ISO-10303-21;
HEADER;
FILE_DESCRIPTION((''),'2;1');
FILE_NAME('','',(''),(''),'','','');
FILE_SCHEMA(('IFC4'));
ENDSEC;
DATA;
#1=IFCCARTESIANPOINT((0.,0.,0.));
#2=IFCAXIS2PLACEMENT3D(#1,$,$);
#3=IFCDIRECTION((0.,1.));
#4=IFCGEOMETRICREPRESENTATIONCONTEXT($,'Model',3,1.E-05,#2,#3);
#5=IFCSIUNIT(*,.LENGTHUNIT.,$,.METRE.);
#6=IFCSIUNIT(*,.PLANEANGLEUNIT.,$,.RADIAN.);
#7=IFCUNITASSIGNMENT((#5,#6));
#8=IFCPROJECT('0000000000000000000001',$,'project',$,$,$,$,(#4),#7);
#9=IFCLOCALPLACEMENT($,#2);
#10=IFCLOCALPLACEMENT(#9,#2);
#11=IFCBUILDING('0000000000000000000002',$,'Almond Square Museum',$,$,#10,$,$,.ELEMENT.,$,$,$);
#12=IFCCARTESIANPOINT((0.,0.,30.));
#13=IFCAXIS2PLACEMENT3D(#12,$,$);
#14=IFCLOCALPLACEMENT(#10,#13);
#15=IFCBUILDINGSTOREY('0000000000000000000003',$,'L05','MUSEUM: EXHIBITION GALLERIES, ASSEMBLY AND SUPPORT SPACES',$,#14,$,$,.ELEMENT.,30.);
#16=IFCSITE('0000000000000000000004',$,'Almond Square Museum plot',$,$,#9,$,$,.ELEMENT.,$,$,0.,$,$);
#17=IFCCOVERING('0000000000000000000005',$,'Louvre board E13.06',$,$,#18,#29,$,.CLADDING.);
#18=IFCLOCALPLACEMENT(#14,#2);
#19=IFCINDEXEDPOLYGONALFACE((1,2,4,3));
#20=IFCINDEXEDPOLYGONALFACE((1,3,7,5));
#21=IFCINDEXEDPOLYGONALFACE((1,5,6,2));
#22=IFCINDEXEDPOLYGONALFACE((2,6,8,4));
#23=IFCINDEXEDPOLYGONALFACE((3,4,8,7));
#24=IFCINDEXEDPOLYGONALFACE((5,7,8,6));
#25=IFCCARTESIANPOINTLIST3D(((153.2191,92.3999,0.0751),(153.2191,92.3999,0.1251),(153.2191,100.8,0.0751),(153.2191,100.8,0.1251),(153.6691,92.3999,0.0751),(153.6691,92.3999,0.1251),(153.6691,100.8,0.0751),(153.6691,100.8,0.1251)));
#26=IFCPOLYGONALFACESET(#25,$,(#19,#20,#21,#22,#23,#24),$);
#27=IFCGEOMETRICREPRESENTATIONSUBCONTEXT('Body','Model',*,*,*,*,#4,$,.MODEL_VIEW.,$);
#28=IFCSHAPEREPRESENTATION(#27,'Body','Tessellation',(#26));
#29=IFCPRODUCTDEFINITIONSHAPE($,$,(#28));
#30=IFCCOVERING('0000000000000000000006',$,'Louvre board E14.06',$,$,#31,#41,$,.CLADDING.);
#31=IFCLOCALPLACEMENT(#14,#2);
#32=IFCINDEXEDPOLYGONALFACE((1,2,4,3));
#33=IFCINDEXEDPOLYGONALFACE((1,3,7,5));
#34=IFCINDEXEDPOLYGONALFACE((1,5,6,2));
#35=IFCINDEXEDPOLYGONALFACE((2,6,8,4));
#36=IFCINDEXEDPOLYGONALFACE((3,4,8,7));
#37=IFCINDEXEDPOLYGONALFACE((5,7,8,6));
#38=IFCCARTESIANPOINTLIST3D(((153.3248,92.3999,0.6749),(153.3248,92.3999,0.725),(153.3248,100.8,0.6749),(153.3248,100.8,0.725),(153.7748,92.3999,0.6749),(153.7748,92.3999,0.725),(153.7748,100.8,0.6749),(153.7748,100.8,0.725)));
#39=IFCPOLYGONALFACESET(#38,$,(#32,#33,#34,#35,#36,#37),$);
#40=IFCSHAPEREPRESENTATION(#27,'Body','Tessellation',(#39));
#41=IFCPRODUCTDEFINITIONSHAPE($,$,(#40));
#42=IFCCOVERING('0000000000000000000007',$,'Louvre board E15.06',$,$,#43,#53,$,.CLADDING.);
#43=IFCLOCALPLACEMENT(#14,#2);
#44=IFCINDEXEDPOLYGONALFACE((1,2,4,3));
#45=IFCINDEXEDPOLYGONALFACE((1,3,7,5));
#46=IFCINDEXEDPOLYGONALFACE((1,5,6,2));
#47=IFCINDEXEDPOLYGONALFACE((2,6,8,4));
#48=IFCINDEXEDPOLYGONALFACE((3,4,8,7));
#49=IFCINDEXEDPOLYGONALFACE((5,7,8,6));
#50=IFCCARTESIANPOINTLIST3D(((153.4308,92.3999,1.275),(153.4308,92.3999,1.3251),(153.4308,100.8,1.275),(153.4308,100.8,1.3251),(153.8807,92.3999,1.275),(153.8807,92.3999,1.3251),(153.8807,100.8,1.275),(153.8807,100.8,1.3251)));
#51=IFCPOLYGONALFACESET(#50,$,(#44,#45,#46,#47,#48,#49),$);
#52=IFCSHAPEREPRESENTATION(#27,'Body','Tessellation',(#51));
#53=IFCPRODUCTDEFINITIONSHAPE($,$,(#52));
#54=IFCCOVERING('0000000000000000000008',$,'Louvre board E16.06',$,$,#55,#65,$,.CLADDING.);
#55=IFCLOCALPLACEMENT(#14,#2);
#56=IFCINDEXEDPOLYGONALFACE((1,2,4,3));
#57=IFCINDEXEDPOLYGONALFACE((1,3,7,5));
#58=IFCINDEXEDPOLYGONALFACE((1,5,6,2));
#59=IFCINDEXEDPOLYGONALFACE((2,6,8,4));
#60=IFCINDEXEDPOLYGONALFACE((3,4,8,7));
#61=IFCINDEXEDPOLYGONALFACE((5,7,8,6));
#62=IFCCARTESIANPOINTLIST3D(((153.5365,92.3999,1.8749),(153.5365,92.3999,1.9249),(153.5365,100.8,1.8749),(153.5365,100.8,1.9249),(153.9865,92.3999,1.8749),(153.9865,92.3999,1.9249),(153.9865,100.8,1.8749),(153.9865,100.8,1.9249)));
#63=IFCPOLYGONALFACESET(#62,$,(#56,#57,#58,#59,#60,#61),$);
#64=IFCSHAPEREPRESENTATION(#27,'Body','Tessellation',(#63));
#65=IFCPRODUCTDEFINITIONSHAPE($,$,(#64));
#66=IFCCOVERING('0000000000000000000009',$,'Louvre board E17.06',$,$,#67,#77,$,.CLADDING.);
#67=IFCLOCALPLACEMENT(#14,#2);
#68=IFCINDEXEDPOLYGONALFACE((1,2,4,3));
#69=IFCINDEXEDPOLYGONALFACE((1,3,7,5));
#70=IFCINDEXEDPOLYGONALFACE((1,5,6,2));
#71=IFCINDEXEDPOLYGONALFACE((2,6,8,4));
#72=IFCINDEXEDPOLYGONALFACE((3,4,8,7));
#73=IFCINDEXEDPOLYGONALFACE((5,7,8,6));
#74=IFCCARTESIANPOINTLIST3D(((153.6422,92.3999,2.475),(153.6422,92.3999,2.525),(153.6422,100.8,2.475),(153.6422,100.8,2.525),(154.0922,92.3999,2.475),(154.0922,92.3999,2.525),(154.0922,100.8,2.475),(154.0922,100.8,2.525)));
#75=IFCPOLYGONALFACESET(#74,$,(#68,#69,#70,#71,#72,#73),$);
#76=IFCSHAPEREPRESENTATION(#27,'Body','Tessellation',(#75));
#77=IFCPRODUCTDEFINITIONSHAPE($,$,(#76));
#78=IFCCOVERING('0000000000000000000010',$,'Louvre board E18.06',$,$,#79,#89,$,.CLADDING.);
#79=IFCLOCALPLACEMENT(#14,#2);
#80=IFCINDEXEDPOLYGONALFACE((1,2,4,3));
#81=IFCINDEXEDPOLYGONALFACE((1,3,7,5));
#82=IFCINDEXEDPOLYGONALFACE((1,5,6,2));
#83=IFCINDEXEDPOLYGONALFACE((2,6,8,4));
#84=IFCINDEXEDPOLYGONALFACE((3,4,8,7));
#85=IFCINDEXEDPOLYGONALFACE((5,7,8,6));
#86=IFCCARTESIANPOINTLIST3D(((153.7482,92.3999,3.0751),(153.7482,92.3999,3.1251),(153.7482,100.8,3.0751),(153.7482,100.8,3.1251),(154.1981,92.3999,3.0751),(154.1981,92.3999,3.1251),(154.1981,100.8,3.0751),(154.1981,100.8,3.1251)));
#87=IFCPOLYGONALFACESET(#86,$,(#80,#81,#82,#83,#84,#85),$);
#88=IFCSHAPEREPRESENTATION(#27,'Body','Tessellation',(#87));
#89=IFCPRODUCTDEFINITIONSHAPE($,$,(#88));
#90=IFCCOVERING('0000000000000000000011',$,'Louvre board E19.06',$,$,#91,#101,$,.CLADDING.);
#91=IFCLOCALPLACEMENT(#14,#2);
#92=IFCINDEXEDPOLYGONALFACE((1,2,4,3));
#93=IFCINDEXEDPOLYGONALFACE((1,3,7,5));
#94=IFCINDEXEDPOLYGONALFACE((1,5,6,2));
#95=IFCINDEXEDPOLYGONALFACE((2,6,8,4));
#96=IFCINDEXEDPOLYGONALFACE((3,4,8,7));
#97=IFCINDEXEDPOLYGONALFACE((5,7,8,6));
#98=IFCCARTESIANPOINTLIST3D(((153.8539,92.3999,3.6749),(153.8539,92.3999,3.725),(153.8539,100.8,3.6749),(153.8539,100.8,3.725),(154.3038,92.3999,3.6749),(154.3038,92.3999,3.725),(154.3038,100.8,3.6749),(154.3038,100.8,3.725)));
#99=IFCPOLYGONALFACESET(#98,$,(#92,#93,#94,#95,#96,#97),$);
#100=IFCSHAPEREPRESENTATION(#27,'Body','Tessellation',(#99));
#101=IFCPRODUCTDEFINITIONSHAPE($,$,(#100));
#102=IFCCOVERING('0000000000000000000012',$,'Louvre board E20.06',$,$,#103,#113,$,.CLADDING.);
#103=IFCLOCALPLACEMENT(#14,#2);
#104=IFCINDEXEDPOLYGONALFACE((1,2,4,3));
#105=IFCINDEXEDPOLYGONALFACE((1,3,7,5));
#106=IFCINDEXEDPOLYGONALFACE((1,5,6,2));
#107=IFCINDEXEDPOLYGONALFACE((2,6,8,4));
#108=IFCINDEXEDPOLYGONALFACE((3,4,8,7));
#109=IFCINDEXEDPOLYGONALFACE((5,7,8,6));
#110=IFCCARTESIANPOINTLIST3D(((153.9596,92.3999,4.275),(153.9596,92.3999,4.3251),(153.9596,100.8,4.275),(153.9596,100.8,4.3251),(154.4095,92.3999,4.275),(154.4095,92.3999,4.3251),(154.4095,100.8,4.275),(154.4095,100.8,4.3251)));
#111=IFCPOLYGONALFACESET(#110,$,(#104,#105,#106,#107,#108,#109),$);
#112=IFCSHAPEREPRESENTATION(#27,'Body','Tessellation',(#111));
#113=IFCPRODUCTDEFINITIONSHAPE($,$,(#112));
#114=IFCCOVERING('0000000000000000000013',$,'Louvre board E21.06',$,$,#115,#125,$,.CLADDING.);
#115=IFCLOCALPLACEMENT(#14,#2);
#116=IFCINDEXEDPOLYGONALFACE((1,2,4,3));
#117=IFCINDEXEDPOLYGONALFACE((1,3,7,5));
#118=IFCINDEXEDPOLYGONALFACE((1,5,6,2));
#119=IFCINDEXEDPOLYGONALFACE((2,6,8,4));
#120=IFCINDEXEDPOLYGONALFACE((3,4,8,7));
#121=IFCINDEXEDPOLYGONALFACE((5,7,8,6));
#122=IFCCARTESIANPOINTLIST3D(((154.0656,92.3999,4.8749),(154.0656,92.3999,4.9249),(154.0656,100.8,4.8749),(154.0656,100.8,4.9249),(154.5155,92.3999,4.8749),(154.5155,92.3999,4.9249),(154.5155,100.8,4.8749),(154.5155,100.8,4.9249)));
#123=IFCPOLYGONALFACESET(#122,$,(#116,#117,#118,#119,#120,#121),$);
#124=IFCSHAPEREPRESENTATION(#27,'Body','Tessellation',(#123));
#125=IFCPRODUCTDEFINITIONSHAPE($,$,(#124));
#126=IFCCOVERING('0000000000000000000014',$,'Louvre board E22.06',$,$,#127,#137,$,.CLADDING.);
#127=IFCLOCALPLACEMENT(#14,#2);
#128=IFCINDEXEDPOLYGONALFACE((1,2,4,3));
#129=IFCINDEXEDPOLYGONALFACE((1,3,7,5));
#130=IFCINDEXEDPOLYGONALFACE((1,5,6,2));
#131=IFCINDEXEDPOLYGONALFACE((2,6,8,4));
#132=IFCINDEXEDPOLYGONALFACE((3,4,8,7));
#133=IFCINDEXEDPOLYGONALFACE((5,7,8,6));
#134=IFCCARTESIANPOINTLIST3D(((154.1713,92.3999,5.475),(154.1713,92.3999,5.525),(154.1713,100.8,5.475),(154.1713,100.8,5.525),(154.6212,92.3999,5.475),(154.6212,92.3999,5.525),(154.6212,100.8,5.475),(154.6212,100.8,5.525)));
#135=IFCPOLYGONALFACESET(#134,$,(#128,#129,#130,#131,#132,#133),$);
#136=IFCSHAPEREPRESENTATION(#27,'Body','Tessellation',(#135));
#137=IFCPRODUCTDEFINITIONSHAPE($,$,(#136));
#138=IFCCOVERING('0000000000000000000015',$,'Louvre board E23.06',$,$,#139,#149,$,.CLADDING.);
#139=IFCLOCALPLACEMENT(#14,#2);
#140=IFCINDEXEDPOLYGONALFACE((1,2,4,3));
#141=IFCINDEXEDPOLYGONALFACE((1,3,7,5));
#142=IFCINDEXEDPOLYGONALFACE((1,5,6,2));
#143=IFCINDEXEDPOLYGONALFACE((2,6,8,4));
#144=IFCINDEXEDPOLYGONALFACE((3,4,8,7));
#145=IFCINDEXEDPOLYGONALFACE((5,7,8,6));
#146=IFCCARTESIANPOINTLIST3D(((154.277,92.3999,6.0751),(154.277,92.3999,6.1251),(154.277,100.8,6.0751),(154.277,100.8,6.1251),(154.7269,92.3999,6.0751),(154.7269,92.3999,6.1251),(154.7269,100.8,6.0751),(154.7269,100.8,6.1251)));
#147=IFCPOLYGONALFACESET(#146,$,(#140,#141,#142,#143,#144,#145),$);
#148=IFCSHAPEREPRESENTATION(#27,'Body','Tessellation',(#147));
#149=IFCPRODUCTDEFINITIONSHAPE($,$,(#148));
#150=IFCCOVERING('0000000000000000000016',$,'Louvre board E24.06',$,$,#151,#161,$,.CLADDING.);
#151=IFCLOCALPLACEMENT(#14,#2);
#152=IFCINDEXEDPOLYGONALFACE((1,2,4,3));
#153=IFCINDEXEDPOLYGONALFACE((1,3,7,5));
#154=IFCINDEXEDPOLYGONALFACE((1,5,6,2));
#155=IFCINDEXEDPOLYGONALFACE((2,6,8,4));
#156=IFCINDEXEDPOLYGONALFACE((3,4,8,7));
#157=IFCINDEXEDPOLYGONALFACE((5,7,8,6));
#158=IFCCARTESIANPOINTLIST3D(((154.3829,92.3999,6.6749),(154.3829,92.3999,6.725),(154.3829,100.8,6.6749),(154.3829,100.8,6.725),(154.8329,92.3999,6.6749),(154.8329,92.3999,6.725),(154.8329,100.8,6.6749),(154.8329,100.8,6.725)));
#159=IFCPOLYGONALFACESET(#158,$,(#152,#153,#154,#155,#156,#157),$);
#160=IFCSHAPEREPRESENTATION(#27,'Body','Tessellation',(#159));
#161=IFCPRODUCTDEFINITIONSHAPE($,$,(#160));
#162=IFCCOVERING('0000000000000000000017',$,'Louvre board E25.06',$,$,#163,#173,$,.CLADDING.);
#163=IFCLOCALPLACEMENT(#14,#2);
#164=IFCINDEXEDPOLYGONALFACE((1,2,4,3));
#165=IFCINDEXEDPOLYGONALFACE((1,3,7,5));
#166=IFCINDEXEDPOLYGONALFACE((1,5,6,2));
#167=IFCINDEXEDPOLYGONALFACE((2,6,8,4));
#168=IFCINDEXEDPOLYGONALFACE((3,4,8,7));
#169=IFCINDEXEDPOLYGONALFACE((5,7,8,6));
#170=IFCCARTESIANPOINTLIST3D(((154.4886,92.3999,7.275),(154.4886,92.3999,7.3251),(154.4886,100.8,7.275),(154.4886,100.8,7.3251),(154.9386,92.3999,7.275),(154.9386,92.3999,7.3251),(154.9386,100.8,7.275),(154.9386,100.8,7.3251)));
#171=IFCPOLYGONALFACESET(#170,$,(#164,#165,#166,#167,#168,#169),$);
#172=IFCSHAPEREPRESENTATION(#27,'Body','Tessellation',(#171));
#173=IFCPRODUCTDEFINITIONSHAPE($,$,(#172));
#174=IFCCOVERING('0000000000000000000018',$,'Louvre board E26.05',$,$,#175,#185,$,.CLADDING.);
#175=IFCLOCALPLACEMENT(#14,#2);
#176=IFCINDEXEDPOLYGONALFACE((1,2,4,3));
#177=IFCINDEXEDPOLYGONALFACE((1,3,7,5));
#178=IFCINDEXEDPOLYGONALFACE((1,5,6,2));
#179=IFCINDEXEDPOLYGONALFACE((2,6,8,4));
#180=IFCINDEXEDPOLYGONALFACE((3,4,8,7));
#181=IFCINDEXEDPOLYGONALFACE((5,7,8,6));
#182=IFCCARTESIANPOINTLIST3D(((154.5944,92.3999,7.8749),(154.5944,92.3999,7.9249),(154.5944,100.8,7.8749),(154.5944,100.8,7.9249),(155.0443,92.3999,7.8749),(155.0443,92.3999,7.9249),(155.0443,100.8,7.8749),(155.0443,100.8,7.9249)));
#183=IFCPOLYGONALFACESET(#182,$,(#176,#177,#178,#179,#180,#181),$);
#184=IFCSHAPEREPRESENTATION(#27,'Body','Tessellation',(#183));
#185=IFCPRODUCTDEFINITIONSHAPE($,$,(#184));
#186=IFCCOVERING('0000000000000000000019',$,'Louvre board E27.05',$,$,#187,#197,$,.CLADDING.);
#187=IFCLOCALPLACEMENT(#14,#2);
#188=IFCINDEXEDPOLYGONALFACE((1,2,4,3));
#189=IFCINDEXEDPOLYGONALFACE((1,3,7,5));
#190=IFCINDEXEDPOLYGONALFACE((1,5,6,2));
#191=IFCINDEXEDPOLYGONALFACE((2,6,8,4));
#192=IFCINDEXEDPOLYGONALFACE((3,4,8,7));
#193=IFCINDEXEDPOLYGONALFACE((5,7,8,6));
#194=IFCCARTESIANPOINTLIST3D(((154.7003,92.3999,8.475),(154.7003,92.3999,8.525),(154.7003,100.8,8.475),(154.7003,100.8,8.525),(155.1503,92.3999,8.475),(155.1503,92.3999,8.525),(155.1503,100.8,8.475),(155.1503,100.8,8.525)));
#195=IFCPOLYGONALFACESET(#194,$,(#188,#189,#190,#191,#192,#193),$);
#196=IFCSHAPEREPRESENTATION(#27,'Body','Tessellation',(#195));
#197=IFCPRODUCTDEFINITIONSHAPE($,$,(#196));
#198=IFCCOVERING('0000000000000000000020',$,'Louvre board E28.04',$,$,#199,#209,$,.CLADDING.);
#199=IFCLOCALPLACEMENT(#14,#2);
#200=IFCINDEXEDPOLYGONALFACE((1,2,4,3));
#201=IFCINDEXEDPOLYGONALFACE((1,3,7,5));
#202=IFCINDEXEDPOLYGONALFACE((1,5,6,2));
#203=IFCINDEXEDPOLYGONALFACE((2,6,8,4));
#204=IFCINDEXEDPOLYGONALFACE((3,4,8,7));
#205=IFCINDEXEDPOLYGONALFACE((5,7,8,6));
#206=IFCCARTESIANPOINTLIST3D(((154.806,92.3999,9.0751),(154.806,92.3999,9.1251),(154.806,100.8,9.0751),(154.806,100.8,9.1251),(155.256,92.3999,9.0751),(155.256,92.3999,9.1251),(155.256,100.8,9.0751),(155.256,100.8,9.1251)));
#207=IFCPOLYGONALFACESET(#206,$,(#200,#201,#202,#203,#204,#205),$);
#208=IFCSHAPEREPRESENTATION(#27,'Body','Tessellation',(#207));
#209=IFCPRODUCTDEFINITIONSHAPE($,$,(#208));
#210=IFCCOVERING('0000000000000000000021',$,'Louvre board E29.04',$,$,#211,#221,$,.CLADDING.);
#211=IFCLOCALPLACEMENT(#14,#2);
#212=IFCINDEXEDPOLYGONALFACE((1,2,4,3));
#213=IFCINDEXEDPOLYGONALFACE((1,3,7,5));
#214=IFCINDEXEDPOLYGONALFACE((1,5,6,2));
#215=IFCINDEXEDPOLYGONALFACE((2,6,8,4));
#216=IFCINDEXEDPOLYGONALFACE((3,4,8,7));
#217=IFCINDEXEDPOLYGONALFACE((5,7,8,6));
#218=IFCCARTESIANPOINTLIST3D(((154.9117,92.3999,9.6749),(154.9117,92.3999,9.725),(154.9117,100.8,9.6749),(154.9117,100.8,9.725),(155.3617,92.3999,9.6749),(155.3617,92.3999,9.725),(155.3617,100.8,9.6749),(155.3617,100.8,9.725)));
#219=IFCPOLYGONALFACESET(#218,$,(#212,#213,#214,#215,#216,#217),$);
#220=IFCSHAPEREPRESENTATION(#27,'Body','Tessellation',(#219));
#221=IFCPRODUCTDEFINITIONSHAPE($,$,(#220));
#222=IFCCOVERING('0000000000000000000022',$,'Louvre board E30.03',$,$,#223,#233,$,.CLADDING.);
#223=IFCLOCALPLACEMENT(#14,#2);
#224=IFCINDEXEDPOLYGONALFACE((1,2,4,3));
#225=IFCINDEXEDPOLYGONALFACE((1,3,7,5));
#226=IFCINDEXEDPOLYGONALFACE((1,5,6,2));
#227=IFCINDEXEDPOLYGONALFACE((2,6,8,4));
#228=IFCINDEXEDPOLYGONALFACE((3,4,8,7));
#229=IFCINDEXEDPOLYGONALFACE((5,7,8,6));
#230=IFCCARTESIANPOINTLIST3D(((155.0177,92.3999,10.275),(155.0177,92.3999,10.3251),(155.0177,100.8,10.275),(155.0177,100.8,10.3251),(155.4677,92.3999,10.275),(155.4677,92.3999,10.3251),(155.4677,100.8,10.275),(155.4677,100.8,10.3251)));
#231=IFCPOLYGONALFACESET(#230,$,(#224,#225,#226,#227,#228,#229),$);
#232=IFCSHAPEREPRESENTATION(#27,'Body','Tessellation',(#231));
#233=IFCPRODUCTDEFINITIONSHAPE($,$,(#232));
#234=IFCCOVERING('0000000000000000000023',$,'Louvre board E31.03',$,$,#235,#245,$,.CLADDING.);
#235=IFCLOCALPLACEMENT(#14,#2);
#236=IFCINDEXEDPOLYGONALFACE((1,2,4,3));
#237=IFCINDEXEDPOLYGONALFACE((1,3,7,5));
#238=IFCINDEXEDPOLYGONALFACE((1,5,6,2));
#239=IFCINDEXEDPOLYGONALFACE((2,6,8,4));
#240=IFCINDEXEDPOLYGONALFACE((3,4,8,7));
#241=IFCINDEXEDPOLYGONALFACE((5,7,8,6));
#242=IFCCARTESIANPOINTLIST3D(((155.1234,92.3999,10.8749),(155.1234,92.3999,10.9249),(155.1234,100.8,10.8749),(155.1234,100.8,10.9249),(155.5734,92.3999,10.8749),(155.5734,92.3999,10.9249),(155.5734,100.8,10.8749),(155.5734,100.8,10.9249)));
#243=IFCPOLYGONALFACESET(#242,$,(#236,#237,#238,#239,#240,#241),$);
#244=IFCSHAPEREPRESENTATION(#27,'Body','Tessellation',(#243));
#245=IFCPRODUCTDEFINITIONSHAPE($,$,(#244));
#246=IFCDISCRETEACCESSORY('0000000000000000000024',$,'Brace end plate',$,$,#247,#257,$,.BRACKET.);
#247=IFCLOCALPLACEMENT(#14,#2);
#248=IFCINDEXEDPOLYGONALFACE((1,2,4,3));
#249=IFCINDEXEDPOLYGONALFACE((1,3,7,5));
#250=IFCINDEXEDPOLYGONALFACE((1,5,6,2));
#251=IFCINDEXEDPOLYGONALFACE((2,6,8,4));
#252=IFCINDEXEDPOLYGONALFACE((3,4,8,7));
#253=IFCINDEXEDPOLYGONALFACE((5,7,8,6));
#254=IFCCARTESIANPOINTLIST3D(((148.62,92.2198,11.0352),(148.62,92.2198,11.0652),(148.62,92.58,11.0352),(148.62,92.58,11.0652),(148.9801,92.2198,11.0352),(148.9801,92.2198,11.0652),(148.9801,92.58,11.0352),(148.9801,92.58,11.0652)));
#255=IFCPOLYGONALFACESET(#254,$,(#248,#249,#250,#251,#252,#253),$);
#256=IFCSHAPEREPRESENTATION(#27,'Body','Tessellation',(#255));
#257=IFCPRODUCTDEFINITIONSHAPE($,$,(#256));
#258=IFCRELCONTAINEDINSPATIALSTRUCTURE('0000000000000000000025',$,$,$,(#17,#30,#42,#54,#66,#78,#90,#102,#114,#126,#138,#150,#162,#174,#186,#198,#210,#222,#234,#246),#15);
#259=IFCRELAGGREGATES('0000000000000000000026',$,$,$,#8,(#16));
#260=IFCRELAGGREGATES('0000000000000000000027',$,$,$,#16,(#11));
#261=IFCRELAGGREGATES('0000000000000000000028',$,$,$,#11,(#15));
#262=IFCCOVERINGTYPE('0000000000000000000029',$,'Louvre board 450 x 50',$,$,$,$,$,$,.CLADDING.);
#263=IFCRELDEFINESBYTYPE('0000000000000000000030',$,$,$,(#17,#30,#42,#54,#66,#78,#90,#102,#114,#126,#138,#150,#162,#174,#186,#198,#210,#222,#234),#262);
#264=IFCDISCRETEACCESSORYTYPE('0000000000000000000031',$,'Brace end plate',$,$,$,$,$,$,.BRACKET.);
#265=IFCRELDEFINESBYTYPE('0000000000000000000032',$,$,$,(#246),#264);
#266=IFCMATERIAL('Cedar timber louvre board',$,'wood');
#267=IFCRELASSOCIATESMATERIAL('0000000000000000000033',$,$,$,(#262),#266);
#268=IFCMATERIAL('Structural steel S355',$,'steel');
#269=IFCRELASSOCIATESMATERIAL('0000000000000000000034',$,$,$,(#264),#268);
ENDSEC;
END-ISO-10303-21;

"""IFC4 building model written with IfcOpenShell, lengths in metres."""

from ifc_helpers import new_model, si_unit, direction, frame, origin, origin_2d, place, context, subcontext, project, spatial, rectangle, extrude, material, material_profile, profile_set, type_object, element, save


model = new_model("IFC4")

# Units and contexts
model_context = context("Model", 3, precision=1e-05, world=origin(), true_north=direction((0.0, 1.0)))
body_context = subcontext(model_context, "Body", "Model", "MODEL_VIEW")
ifc_project = project(units=[si_unit("LENGTHUNIT", "METRE"), si_unit("PLANEANGLEUNIT", "RADIAN")], contexts=[model_context])

# Site, building, storey
site_placement = place(None, origin())
site = spatial("IfcSite", under=ifc_project, at=site_placement, Name="Almond Square Museum plot", CompositionType="ELEMENT", RefElevation=0.0)
building_placement = place(site_placement, origin())
building = spatial("IfcBuilding", under=site, at=building_placement, Name="Almond Square Museum", CompositionType="ELEMENT")
storey_placement = place(building_placement, frame((0.0, 0.0, 30.0)))
storey = spatial("IfcBuildingStorey", under=building, at=storey_placement, Name="L05", Description="MUSEUM: EXHIBITION GALLERIES, ASSEMBLY AND SUPPORT SPACES", CompositionType="ELEMENT", Elevation=30.0)

# Coverings
ifc_material_1 = material(Name="Cedar timber louvre board", Category="wood")
ifc_material_profile_1 = material_profile(ifc_material_1, rectangle(XDim=0.45, YDim=0.05, at=origin_2d()))
ifc_profile_set_1 = profile_set([ifc_material_profile_1], Name="Cedar timber louvre board")
covering_type = type_object("IfcCoveringType", Name="Louvre board 450 x 50", PredefinedType="CLADDING", material=ifc_profile_set_1)
for number, where, z_axis, x_axis, name in (
    (1, (153.4441, 92.3999, 0.1001), (0.0, 1.0, 0.0), (-1.0, 0.0, 0.0), "Louvre board E13.06"),
    (2, (153.5498, 92.3999, 0.7), (0.0, 1.0, 0.0), (-1.0, 0.0, 0.0), "Louvre board E14.06"),
    (3, (153.6558, 92.3999, 1.3), (0.0, 1.0, 0.0), (-1.0, 0.0, 0.0), "Louvre board E15.06"),
    (4, (153.7615, 92.3999, 1.8999), (0.0, 1.0, 0.0), (-1.0, 0.0, 0.0), "Louvre board E16.06"),
    (5, (153.8672, 92.3999, 2.5), (0.0, 1.0, 0.0), (-1.0, 0.0, 0.0), "Louvre board E17.06"),
    (6, (153.9731, 92.3999, 3.1001), (0.0, 1.0, 0.0), (-1.0, 0.0, 0.0), "Louvre board E18.06"),
    (7, (154.0789, 92.3999, 3.7), (0.0, 1.0, 0.0), (-1.0, 0.0, 0.0), "Louvre board E19.06"),
    (8, (154.1846, 92.3999, 4.3), (0.0, 1.0, 0.0), (-1.0, 0.0, 0.0), "Louvre board E20.06"),
    (9, (154.2905, 92.3999, 4.8999), (0.0, 1.0, 0.0), (-1.0, 0.0, 0.0), "Louvre board E21.06"),
    (10, (154.3962, 92.3999, 5.5), (0.0, 1.0, 0.0), (-1.0, 0.0, 0.0), "Louvre board E22.06"),
    (11, (154.502, 92.3999, 6.1001), (0.0, 1.0, 0.0), (-1.0, 0.0, 0.0), "Louvre board E23.06"),
    (12, (154.6079, 92.3999, 6.7), (0.0, 1.0, 0.0), (-1.0, 0.0, 0.0), "Louvre board E24.06"),
    (13, (154.7136, 92.3999, 7.3), (0.0, 1.0, 0.0), (-1.0, 0.0, 0.0), "Louvre board E25.06"),
    (14, (154.8193, 92.3999, 7.8999), (0.0, 1.0, 0.0), (-1.0, 0.0, 0.0), "Louvre board E26.05"),
    (15, (154.9253, 92.3999, 8.5), (0.0, 1.0, 0.0), (-1.0, 0.0, 0.0), "Louvre board E27.05"),
    (16, (155.031, 92.3999, 9.1001), (0.0, 1.0, 0.0), (-1.0, 0.0, 0.0), "Louvre board E28.04"),
    (17, (155.1367, 92.3999, 9.7), (0.0, 1.0, 0.0), (-1.0, 0.0, 0.0), "Louvre board E29.04"),
    (18, (155.2427, 92.3999, 10.3), (0.0, 1.0, 0.0), (-1.0, 0.0, 0.0), "Louvre board E30.03"),
    (19, (155.3484, 92.3999, 10.8999), (0.0, 1.0, 0.0), (-1.0, 0.0, 0.0), "Louvre board E31.03"),
):
    element("IfcCovering", number, at=place(storey_placement, frame(where, z_axis=z_axis, x_axis=x_axis)), inside=storey, type_object=covering_type, Name=name, PredefinedType="CLADDING", context=body_context, shape_type="SweptSolid", body=[
        extrude(rectangle(XDim=0.45, YDim=0.05, at=origin_2d()), origin(), (0.0, 0.0, 1.0), 8.4001),
    ])

# Discrete accessory
ifc_material_2 = material(Name="Structural steel S355", Category="steel")
discrete_accessory_type = type_object("IfcDiscreteAccessoryType", Name="Brace end plate", PredefinedType="BRACKET", material=ifc_material_2)
discrete_accessory_placement = place(storey_placement, frame((148.8, 92.3999, 11.0352), z_axis=(0.0, 0.0, 1.0), x_axis=(1.0, 0.0, 0.0)))
element("IfcDiscreteAccessory", 20, at=discrete_accessory_placement, inside=storey, type_object=discrete_accessory_type, Name="Brace end plate", PredefinedType="BRACKET", context=body_context, shape_type="SweptSolid", body=[
    extrude(rectangle(XDim=0.3601, YDim=0.3601, at=origin_2d()), origin(), (0.0, 0.0, 1.0), 0.03),
])

save(model, "model.ifc")
